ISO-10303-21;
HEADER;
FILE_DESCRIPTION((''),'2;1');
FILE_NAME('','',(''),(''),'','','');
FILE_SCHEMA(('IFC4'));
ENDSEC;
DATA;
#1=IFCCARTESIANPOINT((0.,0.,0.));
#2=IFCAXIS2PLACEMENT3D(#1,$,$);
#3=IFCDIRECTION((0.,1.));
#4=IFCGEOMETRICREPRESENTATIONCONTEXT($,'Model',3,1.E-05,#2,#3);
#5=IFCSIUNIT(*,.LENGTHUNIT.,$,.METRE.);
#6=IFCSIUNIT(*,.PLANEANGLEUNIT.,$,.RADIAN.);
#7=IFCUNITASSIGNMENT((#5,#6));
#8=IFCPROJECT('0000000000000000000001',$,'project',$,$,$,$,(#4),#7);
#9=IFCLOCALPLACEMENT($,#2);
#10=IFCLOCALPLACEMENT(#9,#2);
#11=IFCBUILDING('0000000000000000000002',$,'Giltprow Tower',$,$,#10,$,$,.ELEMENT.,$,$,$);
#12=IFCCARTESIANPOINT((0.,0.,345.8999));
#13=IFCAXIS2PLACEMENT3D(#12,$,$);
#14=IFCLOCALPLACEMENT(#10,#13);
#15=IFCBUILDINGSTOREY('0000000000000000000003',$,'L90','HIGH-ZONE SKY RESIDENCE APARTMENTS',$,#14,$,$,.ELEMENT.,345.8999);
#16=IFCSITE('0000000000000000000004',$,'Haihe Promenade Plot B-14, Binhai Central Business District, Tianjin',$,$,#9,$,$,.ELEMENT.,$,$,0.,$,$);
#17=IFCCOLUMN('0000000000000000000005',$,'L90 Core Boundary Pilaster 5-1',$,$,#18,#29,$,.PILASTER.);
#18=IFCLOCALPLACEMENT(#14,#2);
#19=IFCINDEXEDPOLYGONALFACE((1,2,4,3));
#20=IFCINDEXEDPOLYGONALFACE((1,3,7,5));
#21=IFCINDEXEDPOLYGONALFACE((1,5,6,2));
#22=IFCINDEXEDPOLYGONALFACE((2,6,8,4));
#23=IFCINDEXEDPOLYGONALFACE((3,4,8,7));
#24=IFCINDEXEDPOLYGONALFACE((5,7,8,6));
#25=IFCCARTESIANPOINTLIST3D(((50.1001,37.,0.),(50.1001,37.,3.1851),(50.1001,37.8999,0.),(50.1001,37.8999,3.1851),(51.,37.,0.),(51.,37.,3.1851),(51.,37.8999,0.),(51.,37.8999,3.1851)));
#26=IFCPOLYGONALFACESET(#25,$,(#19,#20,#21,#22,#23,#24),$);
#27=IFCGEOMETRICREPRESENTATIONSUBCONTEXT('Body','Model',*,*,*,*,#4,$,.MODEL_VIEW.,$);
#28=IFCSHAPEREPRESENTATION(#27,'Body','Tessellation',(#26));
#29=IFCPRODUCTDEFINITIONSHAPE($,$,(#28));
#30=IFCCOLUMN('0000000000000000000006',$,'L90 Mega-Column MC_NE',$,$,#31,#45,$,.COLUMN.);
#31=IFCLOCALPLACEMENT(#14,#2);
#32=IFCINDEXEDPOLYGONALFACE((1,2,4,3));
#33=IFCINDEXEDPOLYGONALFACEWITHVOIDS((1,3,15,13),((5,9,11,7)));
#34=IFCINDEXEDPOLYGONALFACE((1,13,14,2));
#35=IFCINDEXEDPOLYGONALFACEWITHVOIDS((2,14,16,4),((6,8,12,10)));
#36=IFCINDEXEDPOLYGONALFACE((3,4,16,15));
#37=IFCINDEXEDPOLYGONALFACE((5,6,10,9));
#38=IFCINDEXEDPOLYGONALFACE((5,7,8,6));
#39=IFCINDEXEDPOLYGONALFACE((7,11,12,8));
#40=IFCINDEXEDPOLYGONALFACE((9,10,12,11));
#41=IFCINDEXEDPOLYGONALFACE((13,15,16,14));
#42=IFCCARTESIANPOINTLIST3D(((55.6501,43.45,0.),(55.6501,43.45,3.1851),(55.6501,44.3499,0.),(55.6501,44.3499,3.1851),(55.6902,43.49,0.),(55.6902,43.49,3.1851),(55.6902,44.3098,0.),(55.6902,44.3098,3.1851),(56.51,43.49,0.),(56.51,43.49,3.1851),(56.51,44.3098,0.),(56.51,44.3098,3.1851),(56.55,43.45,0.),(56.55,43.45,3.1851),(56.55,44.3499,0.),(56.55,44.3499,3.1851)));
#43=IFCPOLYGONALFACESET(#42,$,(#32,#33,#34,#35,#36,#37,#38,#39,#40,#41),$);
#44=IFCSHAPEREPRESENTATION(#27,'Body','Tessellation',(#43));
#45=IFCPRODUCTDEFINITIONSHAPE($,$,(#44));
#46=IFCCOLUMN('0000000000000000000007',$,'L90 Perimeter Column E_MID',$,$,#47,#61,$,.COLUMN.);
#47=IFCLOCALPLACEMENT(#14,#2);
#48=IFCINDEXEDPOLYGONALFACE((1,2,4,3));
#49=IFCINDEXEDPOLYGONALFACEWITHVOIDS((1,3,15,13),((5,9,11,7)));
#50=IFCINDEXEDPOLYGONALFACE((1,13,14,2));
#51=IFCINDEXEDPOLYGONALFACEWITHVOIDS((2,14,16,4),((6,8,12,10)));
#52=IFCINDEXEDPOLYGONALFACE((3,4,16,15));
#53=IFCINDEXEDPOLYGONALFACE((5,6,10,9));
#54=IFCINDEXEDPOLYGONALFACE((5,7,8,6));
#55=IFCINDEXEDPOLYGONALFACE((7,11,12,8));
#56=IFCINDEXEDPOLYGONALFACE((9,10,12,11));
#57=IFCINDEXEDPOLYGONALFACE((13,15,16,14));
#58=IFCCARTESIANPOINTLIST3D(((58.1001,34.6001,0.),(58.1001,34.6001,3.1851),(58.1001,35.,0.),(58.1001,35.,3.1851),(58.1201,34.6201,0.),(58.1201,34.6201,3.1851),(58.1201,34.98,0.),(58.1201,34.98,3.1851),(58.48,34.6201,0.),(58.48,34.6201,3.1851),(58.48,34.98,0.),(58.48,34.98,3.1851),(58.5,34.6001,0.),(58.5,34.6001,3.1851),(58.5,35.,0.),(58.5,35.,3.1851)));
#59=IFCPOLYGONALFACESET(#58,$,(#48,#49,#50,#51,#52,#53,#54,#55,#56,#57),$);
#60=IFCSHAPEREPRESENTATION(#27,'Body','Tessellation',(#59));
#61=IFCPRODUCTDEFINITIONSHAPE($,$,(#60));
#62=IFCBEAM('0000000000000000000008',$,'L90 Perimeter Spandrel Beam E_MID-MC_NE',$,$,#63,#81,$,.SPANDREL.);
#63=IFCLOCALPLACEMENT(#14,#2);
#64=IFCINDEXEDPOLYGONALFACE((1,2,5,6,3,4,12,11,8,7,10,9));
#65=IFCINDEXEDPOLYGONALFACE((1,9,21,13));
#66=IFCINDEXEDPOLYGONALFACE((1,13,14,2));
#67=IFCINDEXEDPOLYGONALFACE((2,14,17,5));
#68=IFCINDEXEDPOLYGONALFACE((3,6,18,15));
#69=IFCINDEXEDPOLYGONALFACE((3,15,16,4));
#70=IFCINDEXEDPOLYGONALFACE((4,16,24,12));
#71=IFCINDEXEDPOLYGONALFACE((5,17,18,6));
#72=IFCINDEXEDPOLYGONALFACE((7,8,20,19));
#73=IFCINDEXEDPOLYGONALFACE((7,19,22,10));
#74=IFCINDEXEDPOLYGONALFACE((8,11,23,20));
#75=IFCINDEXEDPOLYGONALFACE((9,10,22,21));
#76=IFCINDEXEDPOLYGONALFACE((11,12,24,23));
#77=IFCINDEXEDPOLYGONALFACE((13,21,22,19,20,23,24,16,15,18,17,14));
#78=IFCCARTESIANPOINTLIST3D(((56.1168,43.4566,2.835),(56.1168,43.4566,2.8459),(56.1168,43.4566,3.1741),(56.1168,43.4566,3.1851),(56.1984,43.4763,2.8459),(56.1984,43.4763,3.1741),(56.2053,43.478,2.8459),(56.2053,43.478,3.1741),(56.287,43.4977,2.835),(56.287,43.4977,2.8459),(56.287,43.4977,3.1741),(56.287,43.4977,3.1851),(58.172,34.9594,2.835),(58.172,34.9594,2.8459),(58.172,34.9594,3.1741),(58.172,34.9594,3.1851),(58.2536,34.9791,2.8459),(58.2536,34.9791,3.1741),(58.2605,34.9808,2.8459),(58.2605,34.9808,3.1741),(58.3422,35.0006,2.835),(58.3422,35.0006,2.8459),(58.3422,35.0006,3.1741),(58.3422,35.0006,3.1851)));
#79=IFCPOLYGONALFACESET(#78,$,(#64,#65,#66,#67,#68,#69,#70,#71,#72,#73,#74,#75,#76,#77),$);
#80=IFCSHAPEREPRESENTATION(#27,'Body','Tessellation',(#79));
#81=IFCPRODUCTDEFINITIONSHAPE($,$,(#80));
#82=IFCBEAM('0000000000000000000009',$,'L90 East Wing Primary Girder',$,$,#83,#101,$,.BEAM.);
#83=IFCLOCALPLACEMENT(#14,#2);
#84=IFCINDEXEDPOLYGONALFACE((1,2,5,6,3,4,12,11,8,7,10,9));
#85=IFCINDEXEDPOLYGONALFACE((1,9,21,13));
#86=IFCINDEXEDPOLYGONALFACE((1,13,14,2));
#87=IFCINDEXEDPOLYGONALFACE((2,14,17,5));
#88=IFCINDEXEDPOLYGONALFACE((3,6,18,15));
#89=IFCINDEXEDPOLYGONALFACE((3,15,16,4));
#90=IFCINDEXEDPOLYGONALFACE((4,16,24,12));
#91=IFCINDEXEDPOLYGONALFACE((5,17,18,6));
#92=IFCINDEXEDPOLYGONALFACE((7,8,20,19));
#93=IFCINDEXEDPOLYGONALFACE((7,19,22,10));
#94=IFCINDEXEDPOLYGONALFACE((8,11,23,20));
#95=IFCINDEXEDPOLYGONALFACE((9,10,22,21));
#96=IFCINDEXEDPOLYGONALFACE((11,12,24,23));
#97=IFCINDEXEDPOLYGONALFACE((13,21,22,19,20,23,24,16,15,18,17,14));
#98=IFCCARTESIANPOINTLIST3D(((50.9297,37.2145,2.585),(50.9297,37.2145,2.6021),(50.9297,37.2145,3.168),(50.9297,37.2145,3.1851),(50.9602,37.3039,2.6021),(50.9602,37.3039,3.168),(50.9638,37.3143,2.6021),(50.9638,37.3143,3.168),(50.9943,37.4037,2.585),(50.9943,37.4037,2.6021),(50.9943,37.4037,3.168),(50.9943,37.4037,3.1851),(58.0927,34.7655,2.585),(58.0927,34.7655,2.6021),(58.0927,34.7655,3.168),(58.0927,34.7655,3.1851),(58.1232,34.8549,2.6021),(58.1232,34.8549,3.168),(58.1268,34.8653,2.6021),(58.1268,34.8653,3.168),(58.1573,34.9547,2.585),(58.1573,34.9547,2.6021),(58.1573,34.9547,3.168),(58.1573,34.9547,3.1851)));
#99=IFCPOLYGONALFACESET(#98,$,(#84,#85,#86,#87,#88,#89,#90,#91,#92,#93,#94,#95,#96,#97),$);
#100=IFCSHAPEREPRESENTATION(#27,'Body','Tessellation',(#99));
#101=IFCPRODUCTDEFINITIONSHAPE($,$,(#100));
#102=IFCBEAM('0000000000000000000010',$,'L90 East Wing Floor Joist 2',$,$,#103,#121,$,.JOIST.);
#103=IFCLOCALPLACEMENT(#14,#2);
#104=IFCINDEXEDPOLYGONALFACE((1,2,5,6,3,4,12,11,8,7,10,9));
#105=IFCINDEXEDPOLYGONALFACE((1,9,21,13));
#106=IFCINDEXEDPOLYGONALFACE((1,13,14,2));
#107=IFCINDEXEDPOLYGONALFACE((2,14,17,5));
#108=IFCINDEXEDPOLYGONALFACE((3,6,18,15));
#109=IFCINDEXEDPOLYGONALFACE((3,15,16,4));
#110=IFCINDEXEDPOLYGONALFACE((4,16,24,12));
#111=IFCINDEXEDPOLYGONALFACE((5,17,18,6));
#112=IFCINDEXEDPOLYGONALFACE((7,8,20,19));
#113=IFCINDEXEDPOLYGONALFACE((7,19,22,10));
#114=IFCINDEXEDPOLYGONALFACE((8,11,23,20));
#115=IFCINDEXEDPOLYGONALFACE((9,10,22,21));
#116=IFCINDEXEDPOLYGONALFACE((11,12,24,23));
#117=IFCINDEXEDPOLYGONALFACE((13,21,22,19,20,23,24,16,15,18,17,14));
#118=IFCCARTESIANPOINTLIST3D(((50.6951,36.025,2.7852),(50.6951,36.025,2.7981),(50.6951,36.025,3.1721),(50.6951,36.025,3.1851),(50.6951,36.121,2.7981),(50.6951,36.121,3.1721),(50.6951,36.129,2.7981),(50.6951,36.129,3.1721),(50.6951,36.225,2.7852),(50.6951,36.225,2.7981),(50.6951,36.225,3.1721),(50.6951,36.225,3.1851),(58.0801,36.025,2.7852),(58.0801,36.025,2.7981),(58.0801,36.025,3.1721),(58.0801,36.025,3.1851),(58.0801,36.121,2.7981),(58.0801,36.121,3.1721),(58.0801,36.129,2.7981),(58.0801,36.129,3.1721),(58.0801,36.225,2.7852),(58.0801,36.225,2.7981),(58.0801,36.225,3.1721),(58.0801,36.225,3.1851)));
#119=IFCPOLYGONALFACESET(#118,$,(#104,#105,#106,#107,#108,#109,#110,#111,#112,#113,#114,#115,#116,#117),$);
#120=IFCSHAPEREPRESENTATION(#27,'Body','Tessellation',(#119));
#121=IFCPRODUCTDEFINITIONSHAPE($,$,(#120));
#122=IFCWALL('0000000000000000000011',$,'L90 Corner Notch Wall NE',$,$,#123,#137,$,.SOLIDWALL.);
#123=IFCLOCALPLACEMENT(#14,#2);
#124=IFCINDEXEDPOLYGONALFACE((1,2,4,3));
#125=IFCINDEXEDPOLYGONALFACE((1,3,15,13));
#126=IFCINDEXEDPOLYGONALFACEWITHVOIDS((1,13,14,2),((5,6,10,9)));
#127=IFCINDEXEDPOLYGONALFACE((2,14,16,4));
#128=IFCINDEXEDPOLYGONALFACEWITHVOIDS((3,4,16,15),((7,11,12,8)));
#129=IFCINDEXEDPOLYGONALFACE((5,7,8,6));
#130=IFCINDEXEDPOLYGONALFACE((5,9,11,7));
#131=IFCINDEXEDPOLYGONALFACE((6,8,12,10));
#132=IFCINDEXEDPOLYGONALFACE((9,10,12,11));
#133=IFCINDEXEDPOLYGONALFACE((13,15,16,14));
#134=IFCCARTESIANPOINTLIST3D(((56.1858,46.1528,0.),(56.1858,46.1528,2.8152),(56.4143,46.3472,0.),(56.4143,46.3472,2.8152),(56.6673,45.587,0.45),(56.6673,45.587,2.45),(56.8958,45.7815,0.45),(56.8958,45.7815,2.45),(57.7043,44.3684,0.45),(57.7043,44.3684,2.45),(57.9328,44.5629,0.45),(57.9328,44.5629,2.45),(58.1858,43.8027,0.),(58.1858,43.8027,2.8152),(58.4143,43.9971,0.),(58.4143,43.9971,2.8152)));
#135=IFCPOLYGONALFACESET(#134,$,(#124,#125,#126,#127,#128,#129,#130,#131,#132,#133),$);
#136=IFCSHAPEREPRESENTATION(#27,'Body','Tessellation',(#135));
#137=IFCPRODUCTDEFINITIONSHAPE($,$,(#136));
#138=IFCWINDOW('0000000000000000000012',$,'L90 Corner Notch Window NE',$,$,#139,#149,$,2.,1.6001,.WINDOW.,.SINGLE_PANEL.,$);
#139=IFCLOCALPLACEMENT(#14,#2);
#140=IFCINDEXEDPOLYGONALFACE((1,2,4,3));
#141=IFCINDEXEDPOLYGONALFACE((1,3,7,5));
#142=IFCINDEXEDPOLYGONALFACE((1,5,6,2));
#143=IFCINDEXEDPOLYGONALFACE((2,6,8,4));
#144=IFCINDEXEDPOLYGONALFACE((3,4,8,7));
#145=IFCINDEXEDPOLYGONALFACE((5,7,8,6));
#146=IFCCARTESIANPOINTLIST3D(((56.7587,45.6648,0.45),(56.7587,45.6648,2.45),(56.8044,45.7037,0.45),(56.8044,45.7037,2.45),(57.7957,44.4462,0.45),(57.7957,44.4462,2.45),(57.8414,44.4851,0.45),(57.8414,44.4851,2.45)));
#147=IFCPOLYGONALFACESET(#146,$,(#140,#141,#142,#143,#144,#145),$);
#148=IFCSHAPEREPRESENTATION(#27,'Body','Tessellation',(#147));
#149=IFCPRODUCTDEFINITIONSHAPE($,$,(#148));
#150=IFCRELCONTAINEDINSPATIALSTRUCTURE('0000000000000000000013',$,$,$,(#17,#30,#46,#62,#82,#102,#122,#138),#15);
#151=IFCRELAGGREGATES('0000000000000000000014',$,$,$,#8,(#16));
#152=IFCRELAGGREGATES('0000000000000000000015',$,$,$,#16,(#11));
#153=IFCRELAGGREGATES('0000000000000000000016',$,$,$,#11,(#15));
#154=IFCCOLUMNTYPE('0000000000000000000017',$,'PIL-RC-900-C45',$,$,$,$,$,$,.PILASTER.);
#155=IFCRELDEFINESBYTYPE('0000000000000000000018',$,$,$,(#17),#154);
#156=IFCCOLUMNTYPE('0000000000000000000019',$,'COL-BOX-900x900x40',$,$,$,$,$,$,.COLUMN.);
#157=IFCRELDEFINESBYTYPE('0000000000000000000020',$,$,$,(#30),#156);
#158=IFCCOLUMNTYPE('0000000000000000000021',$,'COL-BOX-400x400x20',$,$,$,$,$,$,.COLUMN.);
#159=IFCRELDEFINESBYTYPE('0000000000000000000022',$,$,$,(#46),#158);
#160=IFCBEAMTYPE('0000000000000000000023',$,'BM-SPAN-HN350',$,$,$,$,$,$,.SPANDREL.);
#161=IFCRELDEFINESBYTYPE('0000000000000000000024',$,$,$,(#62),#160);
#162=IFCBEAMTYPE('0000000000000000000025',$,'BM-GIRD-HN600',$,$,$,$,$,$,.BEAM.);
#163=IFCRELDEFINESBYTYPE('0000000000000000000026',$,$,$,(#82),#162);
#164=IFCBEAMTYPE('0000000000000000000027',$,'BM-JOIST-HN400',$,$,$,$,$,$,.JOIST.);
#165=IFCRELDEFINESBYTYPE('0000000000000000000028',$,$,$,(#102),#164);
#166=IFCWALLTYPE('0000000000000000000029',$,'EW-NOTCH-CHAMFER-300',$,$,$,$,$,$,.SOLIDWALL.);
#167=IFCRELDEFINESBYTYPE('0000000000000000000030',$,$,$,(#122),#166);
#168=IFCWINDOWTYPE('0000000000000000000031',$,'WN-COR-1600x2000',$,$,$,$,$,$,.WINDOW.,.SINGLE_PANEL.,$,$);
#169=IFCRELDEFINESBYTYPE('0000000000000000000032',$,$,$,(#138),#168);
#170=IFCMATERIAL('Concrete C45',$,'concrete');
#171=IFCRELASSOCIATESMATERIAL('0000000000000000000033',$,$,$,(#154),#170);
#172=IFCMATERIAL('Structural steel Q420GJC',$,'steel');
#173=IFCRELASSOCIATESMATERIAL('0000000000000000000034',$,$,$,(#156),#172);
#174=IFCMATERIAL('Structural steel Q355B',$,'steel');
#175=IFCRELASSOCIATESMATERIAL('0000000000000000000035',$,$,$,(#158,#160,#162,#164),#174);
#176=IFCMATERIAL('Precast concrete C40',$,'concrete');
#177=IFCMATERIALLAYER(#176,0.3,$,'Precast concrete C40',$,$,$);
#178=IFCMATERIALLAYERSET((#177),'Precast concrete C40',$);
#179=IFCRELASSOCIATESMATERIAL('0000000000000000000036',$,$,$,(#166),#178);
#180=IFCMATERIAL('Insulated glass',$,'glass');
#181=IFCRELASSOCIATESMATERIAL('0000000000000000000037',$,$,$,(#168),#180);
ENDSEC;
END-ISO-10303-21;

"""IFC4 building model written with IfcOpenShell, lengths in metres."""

from ifc_helpers import new_model, si_unit, direction, frame, frame_2d, origin, origin_2d, place, context, subcontext, project, spatial, rectangle, hollow_rectangle, i_section, extrude, source, transform, mapped, material, layer, layer_set, material_profile, profile_set, type_object, element, fill, save


model = new_model("IFC4")

# Units and contexts
model_context = context("Model", 3, precision=1e-05, world=origin(), true_north=direction((0.0, 1.0)))
body_context = subcontext(model_context, "Body", "Model", "MODEL_VIEW")
ifc_project = project(units=[si_unit("LENGTHUNIT", "METRE"), si_unit("PLANEANGLEUNIT", "RADIAN")], contexts=[model_context])

# Site, building, storey
site_placement = place(None, origin())
site = spatial("IfcSite", under=ifc_project, at=site_placement, Name="Haihe Promenade Plot B-14, Binhai Central Business District, Tianjin", CompositionType="ELEMENT", RefElevation=0.0)
building_placement = place(site_placement, origin())
building = spatial("IfcBuilding", under=site, at=building_placement, Name="Giltprow Tower", CompositionType="ELEMENT")
storey_placement = place(building_placement, frame((0.0, 0.0, 345.8999)))
storey = spatial("IfcBuildingStorey", under=building, at=storey_placement, Name="L90", Description="HIGH-ZONE SKY RESIDENCE APARTMENTS", CompositionType="ELEMENT", Elevation=345.8999)

# Columns
ifc_material_1 = material(Name="Concrete C45", Category="concrete")
ifc_material_profile_1 = material_profile(ifc_material_1, rectangle(XDim=0.8999, YDim=0.8999, at=origin_2d()), Name="RC 900x900")
ifc_profile_set_1 = profile_set([ifc_material_profile_1], Name="Concrete C45")
column_type_1 = type_object("IfcColumnType", Name="PIL-RC-900-C45", PredefinedType="PILASTER", material=ifc_profile_set_1)
shared_shape_1 = source(origin(), body_context, "Body", "SweptSolid", [
    extrude(rectangle(XDim=0.8999, YDim=0.8999, at=origin_2d()), origin(), (0.0, 0.0, 1.0), 3.1851),
])
column_1_placement = place(storey_placement, frame((50.55, 37.45, 0.0), z_axis=(0.0, 0.0, 1.0), x_axis=(1.0, 0.0, 0.0)))
element("IfcColumn", 1, at=column_1_placement, inside=storey, type_object=column_type_1, Name="L90 Core Boundary Pilaster 5-1", PredefinedType="PILASTER", context=body_context, shape_type="MappedRepresentation", body=[
    mapped(shared_shape_1, transform((0.0, 0.0, 0.0), x_axis=(1.0, 0.0, 0.0), y_axis=(0.0, 1.0, 0.0), z_axis=(0.0, 0.0, 1.0), scale=1.0)),
])
ifc_material_2 = material(Name="Structural steel Q420GJC", Category="steel")
ifc_material_profile_2 = material_profile(ifc_material_2, hollow_rectangle(XDim=0.8999, YDim=0.8999, WallThickness=0.04, at=origin_2d()), Name="BOX 900x900x40")
ifc_profile_set_2 = profile_set([ifc_material_profile_2], Name="Structural steel Q420GJC")
column_type_2 = type_object("IfcColumnType", Name="COL-BOX-900x900x40", PredefinedType="COLUMN", material=ifc_profile_set_2)
shared_shape_2 = source(origin(), body_context, "Body", "SweptSolid", [
    extrude(hollow_rectangle(XDim=0.8999, YDim=0.8999, WallThickness=0.04, at=origin_2d()), origin(), (0.0, 0.0, 1.0), 3.1851),
])
column_2_placement = place(storey_placement, frame((56.1001, 43.8999, 0.0), z_axis=(0.0, 0.0, 1.0), x_axis=(1.0, 0.0, 0.0)))
element("IfcColumn", 2, at=column_2_placement, inside=storey, type_object=column_type_2, Name="L90 Mega-Column MC_NE", PredefinedType="COLUMN", context=body_context, shape_type="MappedRepresentation", body=[
    mapped(shared_shape_2, transform((0.0, 0.0, 0.0), x_axis=(1.0, 0.0, 0.0), y_axis=(0.0, 1.0, 0.0), z_axis=(0.0, 0.0, 1.0), scale=1.0)),
])
ifc_material_3 = material(Name="Structural steel Q355B", Category="steel")
ifc_material_profile_3 = material_profile(ifc_material_3, hollow_rectangle(XDim=0.3999, YDim=0.3999, WallThickness=0.02, at=origin_2d()), Name="BOX 400x400x20")
ifc_profile_set_3 = profile_set([ifc_material_profile_3], Name="Structural steel Q355B")
column_type_3 = type_object("IfcColumnType", Name="COL-BOX-400x400x20", PredefinedType="COLUMN", material=ifc_profile_set_3)
shared_shape_3 = source(origin(), body_context, "Body", "SweptSolid", [
    extrude(hollow_rectangle(XDim=0.3999, YDim=0.3999, WallThickness=0.02, at=origin_2d()), origin(), (0.0, 0.0, 1.0), 3.1851),
])
column_3_placement = place(storey_placement, frame((58.3, 34.8, 0.0), z_axis=(0.0, 0.0, 1.0), x_axis=(1.0, 0.0, 0.0)))
element("IfcColumn", 3, at=column_3_placement, inside=storey, type_object=column_type_3, Name="L90 Perimeter Column E_MID", PredefinedType="COLUMN", context=body_context, shape_type="MappedRepresentation", body=[
    mapped(shared_shape_3, transform((0.0, 0.0, 0.0), x_axis=(1.0, 0.0, 0.0), y_axis=(0.0, 1.0, 0.0), z_axis=(0.0, 0.0, 1.0), scale=1.0)),
])

# Beams
ifc_material_profile_4 = material_profile(ifc_material_3, i_section(OverallWidth=0.175, OverallDepth=0.3501, WebThickness=0.0071, FlangeThickness=0.011, at=origin_2d()), Name="HN 350x175x7x11")
ifc_profile_set_4 = profile_set([ifc_material_profile_4], Name="Structural steel Q355B")
beam_type_1 = type_object("IfcBeamType", Name="BM-SPAN-HN350", PredefinedType="SPANDREL", material=ifc_profile_set_4)
shared_shape_4 = source(origin(), body_context, "Body", "SweptSolid", [
    extrude(i_section(OverallWidth=0.175, OverallDepth=0.3501, WebThickness=0.0071, FlangeThickness=0.011, at=origin_2d()), origin(), (0.0, 0.0, 1.0), 8.7422),
])
beam_1_placement = place(storey_placement, frame((58.2571, 34.98, 3.01), z_axis=(-0.23509, 0.971974, 0.0), x_axis=(-0.971974, -0.23509, 0.0)))
element("IfcBeam", 4, at=beam_1_placement, inside=storey, type_object=beam_type_1, Name="L90 Perimeter Spandrel Beam E_MID-MC_NE", PredefinedType="SPANDREL", context=body_context, shape_type="MappedRepresentation", body=[
    mapped(shared_shape_4, transform((0.0, 0.0, 0.0), x_axis=(1.0, 0.0, 0.0), y_axis=(0.0, 1.0, 0.0), z_axis=(0.0, 0.0, 1.0), scale=1.0)),
])
ifc_material_profile_5 = material_profile(ifc_material_3, i_section(OverallWidth=0.2, OverallDepth=0.6001, WebThickness=0.011, FlangeThickness=0.0171, at=origin_2d()), Name="HN 600x200x11x17")
ifc_profile_set_5 = profile_set([ifc_material_profile_5], Name="Structural steel Q355B")
beam_type_2 = type_object("IfcBeamType", Name="BM-GIRD-HN600", PredefinedType="BEAM", material=ifc_profile_set_5)
shared_shape_5 = source(origin(), body_context, "Body", "SweptSolid", [
    extrude(i_section(OverallWidth=0.2, OverallDepth=0.6001, WebThickness=0.011, FlangeThickness=0.0171, at=origin_2d()), origin(), (0.0, 0.0, 1.0), 7.5701),
])
beam_2_placement = place(storey_placement, frame((58.125, 34.8601, 2.885), z_axis=(-0.946227, 0.323504, 0.0), x_axis=(-0.323504, -0.946227, 0.0)))
element("IfcBeam", 5, at=beam_2_placement, inside=storey, type_object=beam_type_2, Name="L90 East Wing Primary Girder", PredefinedType="BEAM", context=body_context, shape_type="MappedRepresentation", body=[
    mapped(shared_shape_5, transform((0.0, 0.0, 0.0), x_axis=(1.0, 0.0, 0.0), y_axis=(0.0, 1.0, 0.0), z_axis=(0.0, 0.0, 1.0), scale=1.0)),
])
ifc_material_profile_6 = material_profile(ifc_material_3, i_section(OverallWidth=0.2, OverallDepth=0.3999, WebThickness=0.0081, FlangeThickness=0.0129, at=origin_2d()), Name="HN 400x200x8x13")
ifc_profile_set_6 = profile_set([ifc_material_profile_6], Name="Structural steel Q355B")
beam_type_3 = type_object("IfcBeamType", Name="BM-JOIST-HN400", PredefinedType="JOIST", material=ifc_profile_set_6)
shared_shape_6 = source(origin(), body_context, "Body", "SweptSolid", [
    extrude(i_section(OverallWidth=0.2, OverallDepth=0.3999, WebThickness=0.0081, FlangeThickness=0.0129, at=origin_2d()), origin(), (0.0, 0.0, 1.0), 7.385),
])
beam_3_placement = place(storey_placement, frame((50.6951, 36.125, 2.9851), z_axis=(1.0, 0.0, 0.0), x_axis=(0.0, 1.0, 0.0)))
element("IfcBeam", 6, at=beam_3_placement, inside=storey, type_object=beam_type_3, Name="L90 East Wing Floor Joist 2", PredefinedType="JOIST", context=body_context, shape_type="MappedRepresentation", body=[
    mapped(shared_shape_6, transform((0.0, 0.0, 0.0), x_axis=(1.0, 0.0, 0.0), y_axis=(0.0, 1.0, 0.0), z_axis=(0.0, 0.0, 1.0), scale=1.0)),
])

# Wall, opening, window
ifc_material_4 = material(Name="Precast concrete C40", Category="concrete")
ifc_layer_1 = layer(ifc_material_4, 0.3, Name="Precast concrete C40")
ifc_layer_set_1 = layer_set([ifc_layer_1], Name="Precast concrete C40")
wall_type_1 = type_object("IfcWallType", Name="EW-NOTCH-CHAMFER-300", PredefinedType="SOLIDWALL", material=ifc_layer_set_1)
wall_1_placement = place(storey_placement, frame((58.3, 43.8999, 0.0), z_axis=(0.0, 0.0, 1.0), x_axis=(-0.648103, 0.761553, 0.0)))
wall_1 = element("IfcWall", 7, at=wall_1_placement, inside=storey, type_object=wall_type_1, Name="L90 Corner Notch Wall NE", PredefinedType="SOLIDWALL", context=body_context, shape_type="SweptSolid", body=[
    extrude(rectangle(XDim=3.0859, YDim=0.3, at=frame_2d((1.543, 0.0))), origin(), (0.0, 0.0, 1.0), 2.8152),
])
opening_1_placement = place(wall_1_placement, frame((0.7429, 0.0, 0.45)))
opening_1 = element("IfcOpeningElement", 8, at=opening_1_placement, cuts=wall_1, PredefinedType="OPENING", context=body_context, shape_type="SweptSolid", body=[
    extrude(rectangle(XDim=1.6001, YDim=2.0, at=frame_2d((0.8, 1.0))), frame((0.0, 0.1599, 0.0), z_axis=(0.0, -1.0, 0.0), x_axis=(1.0, 0.0, 0.0)), (0.0, 0.0, 1.0), 0.3201),
])
ifc_material_5 = material(Name="Insulated glass", Category="glass")
window_type_1 = type_object("IfcWindowType", Name="WN-COR-1600x2000", PartitioningType="SINGLE_PANEL", PredefinedType="WINDOW", material=ifc_material_5)
shared_shape_7 = source(origin(), body_context, "Body", "SweptSolid", [
    extrude(rectangle(XDim=1.6001, YDim=2.0, at=frame_2d((0.8, 1.0))), frame((0.0, 0.03, 0.0), z_axis=(0.0, -1.0, 0.0), x_axis=(1.0, 0.0, 0.0)), (0.0, 0.0, 1.0), 0.0601),
])
window_1_placement = place(opening_1_placement, origin())
window_1 = element("IfcWindow", 9, at=window_1_placement, inside=storey, type_object=window_type_1, Name="L90 Corner Notch Window NE", OverallHeight=2.0, OverallWidth=1.6001, PartitioningType="SINGLE_PANEL", PredefinedType="WINDOW", context=body_context, shape_type="MappedRepresentation", body=[
    mapped(shared_shape_7, transform((0.0, 0.0, 0.0), x_axis=(1.0, 0.0, 0.0), y_axis=(0.0, 1.0, 0.0), z_axis=(0.0, 0.0, 1.0), scale=1.0)),
])
fill(opening_1, window_1)

save(model, "model.ifc")
